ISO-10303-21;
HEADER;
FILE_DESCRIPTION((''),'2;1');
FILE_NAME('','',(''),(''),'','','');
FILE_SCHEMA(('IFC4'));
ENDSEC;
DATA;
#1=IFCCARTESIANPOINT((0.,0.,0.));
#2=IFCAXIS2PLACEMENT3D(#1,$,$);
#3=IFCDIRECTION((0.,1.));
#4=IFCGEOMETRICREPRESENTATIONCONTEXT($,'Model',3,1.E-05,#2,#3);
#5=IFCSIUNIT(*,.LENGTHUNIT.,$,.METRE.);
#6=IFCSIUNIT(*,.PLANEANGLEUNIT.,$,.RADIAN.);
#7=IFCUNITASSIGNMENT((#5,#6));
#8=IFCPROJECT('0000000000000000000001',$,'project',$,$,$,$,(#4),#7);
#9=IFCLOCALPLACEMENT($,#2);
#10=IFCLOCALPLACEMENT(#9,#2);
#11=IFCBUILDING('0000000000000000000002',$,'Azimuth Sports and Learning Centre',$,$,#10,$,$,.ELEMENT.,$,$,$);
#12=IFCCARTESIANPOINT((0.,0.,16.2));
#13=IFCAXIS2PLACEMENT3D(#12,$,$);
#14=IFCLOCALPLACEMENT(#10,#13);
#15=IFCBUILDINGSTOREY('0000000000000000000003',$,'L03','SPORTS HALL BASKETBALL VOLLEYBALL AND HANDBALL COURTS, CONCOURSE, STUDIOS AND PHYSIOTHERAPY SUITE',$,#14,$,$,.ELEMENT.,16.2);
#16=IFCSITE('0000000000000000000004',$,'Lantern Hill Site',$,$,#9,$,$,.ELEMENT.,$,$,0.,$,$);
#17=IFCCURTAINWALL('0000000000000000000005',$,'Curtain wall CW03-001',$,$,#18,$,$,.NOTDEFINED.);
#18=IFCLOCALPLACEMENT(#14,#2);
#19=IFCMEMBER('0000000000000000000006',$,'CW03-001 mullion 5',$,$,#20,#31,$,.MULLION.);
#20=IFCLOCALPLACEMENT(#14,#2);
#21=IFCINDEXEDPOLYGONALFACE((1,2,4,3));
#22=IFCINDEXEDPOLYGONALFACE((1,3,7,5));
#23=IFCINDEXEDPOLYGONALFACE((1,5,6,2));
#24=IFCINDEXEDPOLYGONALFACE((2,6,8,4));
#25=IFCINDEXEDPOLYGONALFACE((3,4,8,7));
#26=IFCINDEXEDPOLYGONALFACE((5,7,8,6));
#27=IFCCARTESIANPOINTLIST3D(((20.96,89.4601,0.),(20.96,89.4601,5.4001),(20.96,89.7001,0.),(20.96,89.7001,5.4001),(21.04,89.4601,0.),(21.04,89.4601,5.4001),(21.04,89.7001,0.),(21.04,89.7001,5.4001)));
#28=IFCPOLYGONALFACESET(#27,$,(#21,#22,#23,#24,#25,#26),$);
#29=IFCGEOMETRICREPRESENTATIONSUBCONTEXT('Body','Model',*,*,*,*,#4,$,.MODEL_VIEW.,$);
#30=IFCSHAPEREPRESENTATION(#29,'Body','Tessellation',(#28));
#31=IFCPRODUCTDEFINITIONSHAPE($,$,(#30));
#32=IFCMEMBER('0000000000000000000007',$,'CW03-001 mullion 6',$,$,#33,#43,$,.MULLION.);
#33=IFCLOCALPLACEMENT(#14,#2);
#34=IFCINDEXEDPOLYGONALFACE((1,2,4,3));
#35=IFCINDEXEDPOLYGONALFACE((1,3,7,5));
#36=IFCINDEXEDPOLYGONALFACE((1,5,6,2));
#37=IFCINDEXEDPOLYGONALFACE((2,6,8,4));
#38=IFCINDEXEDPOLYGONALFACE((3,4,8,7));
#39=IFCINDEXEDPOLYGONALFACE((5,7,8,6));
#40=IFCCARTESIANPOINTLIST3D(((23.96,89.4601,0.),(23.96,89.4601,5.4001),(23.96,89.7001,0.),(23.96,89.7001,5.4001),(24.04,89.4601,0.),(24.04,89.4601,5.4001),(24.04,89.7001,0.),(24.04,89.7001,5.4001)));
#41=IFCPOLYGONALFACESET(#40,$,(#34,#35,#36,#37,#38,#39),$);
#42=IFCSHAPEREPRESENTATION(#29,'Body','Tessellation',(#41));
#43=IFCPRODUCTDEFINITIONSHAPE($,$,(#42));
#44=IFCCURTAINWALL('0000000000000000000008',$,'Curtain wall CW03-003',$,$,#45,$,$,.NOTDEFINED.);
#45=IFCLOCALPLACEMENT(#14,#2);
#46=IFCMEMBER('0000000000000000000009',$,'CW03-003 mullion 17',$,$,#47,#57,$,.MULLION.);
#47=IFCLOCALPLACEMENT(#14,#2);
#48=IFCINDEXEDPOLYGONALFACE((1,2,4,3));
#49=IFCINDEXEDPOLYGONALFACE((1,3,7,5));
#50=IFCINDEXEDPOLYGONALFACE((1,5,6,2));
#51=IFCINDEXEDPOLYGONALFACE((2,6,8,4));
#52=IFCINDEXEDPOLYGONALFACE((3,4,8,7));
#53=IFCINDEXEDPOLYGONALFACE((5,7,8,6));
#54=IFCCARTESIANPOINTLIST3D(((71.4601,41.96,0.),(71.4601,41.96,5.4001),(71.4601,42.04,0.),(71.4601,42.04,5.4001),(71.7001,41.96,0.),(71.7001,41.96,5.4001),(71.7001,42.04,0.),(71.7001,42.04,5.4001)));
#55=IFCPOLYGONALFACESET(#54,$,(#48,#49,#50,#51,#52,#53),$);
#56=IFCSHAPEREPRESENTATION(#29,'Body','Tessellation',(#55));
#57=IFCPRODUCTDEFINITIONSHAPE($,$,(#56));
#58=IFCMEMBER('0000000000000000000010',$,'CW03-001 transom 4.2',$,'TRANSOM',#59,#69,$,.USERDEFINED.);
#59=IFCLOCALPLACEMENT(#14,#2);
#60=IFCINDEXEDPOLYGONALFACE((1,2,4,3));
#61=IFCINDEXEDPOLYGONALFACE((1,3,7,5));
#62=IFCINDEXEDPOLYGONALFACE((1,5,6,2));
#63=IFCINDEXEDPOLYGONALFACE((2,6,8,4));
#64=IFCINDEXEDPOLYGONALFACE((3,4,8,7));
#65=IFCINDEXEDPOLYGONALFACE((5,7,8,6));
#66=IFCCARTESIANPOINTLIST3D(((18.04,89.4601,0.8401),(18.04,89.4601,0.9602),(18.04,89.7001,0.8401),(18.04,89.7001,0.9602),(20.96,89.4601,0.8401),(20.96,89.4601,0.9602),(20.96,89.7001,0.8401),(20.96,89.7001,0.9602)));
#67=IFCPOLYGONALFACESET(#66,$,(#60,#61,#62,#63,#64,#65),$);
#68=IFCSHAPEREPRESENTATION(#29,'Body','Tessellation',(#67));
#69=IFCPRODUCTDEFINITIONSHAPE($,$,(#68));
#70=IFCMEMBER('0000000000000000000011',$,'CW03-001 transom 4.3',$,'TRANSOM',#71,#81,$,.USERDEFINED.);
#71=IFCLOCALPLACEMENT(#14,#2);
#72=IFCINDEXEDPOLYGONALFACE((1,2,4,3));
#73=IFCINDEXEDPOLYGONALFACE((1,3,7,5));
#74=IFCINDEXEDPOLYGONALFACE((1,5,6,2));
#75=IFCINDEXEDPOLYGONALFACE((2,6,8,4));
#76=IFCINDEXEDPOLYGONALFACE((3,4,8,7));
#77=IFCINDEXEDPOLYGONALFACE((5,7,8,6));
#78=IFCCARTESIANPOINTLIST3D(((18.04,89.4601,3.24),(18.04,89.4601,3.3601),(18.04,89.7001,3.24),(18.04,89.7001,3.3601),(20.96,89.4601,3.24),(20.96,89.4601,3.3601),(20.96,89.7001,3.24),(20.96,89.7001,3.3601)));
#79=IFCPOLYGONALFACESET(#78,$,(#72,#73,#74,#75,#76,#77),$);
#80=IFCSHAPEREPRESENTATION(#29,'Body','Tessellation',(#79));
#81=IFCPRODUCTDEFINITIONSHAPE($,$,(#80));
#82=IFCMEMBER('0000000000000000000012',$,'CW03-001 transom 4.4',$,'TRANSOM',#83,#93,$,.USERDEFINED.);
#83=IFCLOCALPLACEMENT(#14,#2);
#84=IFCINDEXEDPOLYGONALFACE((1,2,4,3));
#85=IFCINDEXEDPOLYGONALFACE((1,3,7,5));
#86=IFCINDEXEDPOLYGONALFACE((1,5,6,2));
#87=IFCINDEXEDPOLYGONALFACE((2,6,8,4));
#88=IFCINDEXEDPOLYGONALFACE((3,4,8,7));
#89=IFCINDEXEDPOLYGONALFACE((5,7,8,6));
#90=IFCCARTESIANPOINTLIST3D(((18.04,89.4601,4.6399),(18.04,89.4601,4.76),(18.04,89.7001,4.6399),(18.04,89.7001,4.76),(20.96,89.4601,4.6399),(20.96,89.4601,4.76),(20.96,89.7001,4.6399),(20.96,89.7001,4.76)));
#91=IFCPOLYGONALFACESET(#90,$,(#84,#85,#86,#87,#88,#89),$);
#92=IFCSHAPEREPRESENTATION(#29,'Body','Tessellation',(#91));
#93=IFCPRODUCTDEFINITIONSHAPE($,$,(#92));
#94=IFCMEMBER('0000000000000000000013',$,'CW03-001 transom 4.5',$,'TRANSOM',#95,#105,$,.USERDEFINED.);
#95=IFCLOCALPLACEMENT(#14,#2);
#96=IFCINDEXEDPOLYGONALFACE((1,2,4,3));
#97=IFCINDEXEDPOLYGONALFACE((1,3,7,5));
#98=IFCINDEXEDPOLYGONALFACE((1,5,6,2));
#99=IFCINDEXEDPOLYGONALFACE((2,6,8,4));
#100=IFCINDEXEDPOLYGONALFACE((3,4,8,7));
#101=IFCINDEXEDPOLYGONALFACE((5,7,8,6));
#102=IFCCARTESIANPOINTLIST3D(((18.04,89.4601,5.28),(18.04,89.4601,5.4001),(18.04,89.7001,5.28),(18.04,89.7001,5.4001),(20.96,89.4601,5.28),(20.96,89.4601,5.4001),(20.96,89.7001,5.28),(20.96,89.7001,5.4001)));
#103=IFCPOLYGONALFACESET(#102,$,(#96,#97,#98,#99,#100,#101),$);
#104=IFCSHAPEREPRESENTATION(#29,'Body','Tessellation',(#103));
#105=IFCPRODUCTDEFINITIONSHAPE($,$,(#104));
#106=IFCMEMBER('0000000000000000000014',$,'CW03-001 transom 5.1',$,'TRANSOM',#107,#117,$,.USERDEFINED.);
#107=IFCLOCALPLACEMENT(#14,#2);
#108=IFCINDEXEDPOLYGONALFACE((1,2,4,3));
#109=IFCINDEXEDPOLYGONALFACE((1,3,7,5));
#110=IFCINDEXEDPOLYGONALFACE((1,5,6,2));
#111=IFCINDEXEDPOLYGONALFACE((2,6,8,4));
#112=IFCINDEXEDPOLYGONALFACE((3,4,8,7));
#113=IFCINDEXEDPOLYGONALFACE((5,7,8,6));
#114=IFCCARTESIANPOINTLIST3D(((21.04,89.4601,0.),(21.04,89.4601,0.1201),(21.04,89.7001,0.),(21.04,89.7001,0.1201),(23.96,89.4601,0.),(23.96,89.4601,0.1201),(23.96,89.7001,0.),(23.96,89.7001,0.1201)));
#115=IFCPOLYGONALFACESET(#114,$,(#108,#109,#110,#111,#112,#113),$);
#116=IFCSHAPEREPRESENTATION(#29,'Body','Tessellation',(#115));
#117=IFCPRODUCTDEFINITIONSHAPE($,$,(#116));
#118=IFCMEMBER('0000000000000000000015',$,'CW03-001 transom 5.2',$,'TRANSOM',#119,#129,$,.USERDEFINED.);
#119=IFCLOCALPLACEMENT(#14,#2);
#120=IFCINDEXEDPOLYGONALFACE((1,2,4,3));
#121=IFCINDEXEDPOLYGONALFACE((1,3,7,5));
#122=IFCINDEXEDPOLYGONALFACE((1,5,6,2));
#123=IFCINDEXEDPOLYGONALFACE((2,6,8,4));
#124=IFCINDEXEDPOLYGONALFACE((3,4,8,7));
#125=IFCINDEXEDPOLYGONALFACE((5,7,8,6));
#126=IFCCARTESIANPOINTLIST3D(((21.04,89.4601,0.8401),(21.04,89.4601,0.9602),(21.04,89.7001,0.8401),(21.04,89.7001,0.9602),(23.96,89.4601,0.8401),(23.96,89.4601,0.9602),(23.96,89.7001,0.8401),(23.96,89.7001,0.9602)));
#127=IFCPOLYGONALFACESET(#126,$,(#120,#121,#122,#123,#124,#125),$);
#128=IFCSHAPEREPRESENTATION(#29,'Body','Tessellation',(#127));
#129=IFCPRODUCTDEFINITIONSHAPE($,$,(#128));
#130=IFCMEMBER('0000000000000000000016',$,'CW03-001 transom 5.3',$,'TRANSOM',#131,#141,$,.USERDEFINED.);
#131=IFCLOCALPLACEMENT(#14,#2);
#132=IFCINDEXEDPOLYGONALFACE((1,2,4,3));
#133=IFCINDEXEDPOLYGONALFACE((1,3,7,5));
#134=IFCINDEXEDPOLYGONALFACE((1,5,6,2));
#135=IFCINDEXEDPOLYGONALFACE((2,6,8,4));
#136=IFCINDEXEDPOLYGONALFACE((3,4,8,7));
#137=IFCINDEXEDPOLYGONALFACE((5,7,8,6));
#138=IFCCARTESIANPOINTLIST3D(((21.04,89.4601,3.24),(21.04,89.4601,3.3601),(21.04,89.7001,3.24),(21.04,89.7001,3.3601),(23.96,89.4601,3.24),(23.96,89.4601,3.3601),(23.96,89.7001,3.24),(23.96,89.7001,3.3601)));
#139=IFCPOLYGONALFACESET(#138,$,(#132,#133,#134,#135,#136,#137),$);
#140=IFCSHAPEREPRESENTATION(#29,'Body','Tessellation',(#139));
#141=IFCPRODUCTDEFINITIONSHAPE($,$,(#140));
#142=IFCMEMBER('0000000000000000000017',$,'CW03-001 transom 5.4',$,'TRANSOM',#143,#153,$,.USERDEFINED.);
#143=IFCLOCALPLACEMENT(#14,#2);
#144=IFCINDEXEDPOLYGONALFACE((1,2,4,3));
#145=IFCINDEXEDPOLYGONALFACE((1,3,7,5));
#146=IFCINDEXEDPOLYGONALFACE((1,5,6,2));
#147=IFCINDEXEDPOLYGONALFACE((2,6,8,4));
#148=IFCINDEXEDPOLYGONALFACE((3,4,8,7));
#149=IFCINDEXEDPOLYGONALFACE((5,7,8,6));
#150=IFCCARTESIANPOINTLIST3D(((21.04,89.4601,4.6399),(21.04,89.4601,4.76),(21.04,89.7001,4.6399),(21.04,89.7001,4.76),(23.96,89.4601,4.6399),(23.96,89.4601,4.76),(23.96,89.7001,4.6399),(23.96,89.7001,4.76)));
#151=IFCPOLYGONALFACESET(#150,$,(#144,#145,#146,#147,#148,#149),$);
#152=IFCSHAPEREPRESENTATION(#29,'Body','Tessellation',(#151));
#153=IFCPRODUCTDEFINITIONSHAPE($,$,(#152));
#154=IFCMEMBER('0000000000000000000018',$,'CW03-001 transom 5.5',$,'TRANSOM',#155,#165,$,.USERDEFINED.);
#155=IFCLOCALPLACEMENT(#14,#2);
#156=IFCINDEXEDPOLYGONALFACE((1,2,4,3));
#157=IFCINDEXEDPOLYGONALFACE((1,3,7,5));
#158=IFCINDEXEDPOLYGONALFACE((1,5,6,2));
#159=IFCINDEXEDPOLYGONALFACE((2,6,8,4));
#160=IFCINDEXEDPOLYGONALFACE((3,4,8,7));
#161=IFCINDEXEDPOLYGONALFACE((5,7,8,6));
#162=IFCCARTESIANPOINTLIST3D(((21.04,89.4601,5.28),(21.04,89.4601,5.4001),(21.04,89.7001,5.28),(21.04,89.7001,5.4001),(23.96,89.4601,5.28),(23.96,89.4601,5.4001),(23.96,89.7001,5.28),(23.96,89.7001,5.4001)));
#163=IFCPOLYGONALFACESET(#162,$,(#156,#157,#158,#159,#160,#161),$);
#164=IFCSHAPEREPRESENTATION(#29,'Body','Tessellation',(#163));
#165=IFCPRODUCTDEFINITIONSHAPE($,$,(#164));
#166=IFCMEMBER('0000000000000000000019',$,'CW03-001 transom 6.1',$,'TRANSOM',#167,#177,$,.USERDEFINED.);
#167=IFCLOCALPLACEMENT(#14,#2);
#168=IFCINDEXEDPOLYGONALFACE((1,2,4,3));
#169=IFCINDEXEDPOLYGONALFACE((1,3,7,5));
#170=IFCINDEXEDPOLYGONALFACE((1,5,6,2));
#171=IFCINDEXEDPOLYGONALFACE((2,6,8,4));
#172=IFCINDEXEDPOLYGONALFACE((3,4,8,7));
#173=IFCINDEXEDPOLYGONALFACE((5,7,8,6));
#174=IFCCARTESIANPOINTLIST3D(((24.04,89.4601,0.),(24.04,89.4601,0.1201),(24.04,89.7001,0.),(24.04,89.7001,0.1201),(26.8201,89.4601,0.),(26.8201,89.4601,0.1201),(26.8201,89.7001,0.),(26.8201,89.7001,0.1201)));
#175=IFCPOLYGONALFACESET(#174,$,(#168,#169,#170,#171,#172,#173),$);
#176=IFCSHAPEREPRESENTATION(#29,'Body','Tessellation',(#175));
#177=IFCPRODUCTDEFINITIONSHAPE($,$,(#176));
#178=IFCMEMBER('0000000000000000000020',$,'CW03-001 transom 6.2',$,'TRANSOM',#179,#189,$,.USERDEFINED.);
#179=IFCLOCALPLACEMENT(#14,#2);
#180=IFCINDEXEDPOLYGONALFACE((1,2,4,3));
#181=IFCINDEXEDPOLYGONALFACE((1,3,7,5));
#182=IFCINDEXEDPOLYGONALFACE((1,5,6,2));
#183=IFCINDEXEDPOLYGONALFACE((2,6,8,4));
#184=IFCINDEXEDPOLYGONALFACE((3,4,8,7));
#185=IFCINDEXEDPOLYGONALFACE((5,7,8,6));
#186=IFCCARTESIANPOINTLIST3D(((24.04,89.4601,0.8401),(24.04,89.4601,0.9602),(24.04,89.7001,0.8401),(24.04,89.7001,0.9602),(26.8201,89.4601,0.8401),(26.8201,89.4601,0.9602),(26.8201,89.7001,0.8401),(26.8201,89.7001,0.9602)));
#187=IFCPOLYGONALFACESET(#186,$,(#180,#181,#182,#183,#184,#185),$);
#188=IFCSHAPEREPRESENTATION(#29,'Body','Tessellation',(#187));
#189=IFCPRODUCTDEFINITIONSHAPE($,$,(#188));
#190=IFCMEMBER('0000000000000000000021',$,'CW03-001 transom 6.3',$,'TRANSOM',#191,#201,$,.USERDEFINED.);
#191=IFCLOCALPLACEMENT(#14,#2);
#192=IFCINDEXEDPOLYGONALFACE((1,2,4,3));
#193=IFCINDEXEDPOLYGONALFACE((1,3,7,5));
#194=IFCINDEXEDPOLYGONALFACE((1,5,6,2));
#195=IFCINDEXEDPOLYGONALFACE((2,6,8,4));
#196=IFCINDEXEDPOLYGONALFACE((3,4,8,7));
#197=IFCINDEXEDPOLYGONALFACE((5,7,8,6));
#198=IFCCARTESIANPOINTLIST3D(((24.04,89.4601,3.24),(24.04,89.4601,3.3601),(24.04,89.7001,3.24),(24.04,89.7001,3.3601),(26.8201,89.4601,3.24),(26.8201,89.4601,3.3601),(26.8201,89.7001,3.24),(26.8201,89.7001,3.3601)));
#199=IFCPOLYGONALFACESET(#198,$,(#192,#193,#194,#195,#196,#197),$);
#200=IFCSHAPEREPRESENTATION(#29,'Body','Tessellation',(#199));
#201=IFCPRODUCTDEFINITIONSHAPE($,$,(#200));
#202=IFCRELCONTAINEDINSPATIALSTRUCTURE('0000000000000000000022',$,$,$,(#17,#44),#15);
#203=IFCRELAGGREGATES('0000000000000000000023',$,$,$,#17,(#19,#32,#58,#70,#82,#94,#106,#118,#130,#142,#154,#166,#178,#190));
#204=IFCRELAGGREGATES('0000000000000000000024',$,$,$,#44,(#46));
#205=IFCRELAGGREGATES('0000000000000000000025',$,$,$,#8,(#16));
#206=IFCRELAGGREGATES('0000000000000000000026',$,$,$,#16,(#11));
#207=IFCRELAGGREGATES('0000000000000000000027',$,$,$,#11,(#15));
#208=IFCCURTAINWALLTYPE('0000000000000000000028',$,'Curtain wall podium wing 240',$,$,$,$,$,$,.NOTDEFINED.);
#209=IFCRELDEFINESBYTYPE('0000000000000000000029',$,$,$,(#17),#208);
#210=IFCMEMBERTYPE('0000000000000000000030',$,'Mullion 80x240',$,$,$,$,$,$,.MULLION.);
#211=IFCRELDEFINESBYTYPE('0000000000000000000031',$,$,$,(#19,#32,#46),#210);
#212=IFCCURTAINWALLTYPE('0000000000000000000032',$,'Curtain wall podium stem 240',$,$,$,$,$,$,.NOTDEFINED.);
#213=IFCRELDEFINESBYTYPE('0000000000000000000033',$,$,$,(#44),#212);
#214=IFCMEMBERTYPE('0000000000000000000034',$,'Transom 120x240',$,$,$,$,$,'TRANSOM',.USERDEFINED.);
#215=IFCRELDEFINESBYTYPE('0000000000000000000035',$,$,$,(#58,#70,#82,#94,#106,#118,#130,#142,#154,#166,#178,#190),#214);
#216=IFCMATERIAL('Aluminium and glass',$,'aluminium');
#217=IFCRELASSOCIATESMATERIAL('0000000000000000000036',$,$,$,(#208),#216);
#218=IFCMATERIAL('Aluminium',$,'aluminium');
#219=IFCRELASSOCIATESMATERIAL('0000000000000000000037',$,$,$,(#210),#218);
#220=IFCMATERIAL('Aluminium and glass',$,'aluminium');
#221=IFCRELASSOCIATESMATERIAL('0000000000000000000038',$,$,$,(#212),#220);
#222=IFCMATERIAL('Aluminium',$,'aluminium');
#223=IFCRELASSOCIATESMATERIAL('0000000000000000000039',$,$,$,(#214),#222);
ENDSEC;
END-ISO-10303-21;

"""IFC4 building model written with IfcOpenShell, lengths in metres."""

from ifc_helpers import new_model, si_unit, direction, frame, origin, origin_2d, place, context, subcontext, project, spatial, rectangle, extrude, material, material_profile, profile_set, type_object, element, aggregate, save


model = new_model("IFC4")

# Units and contexts
model_context = context("Model", 3, precision=1e-05, world=origin(), true_north=direction((0.0, 1.0)))
body_context = subcontext(model_context, "Body", "Model", "MODEL_VIEW")
ifc_project = project(units=[si_unit("LENGTHUNIT", "METRE"), si_unit("PLANEANGLEUNIT", "RADIAN")], contexts=[model_context])

# Site, building, storey
site_placement = place(None, origin())
site = spatial("IfcSite", under=ifc_project, at=site_placement, Name="Lantern Hill Site", CompositionType="ELEMENT", RefElevation=0.0)
building_placement = place(site_placement, origin())
building = spatial("IfcBuilding", under=site, at=building_placement, Name="Azimuth Sports and Learning Centre", CompositionType="ELEMENT")
storey_placement = place(building_placement, frame((0.0, 0.0, 16.2)))
storey = spatial("IfcBuildingStorey", under=building, at=storey_placement, Name="L03", Description="SPORTS HALL BASKETBALL VOLLEYBALL AND HANDBALL COURTS, CONCOURSE, STUDIOS AND PHYSIOTHERAPY SUITE", CompositionType="ELEMENT", Elevation=16.2)

# Curtain wall, members
ifc_material_1 = material(Name="Aluminium and glass", Category="aluminium")
curtain_wall_type_1 = type_object("IfcCurtainWallType", Name="Curtain wall podium wing 240", PredefinedType="NOTDEFINED", material=ifc_material_1)
curtain_wall_1_placement = place(storey_placement, origin())
curtain_wall_1 = element("IfcCurtainWall", 1, at=curtain_wall_1_placement, inside=storey, type_object=curtain_wall_type_1, Name="Curtain wall CW03-001", PredefinedType="NOTDEFINED")
ifc_material_2 = material(Name="Aluminium", Category="aluminium")
ifc_material_profile_1 = material_profile(ifc_material_2, rectangle(XDim=0.24, YDim=0.0801, at=origin_2d()), Name="Mullion 80x240")
ifc_profile_set_1 = profile_set([ifc_material_profile_1], Name="Aluminium")
member_type_1 = type_object("IfcMemberType", Name="Mullion 80x240", PredefinedType="MULLION", material=ifc_profile_set_1)
member_1_placement = place(storey_placement, frame((21.0, 89.5801, 0.0), z_axis=(0.0, 0.0, 1.0), x_axis=(0.0, 1.0, 0.0)))
member_1 = element("IfcMember", 2, at=member_1_placement, type_object=member_type_1, Name="CW03-001 mullion 5", PredefinedType="MULLION", context=body_context, shape_type="SweptSolid", body=[
    extrude(rectangle(XDim=0.24, YDim=0.0801, at=origin_2d()), origin(), (0.0, 0.0, 1.0), 5.4001),
])
member_2_placement = place(storey_placement, frame((24.0, 89.5801, 0.0), z_axis=(0.0, 0.0, 1.0), x_axis=(0.0, 1.0, 0.0)))
member_2 = element("IfcMember", 3, at=member_2_placement, type_object=member_type_1, Name="CW03-001 mullion 6", PredefinedType="MULLION", context=body_context, shape_type="SweptSolid", body=[
    extrude(rectangle(XDim=0.24, YDim=0.0801, at=origin_2d()), origin(), (0.0, 0.0, 1.0), 5.4001),
])

# Curtain wall, member
ifc_material_3 = material(Name="Aluminium and glass", Category="aluminium")
curtain_wall_type_2 = type_object("IfcCurtainWallType", Name="Curtain wall podium stem 240", PredefinedType="NOTDEFINED", material=ifc_material_3)
curtain_wall_2_placement = place(storey_placement, origin())
curtain_wall_2 = element("IfcCurtainWall", 4, at=curtain_wall_2_placement, inside=storey, type_object=curtain_wall_type_2, Name="Curtain wall CW03-003", PredefinedType="NOTDEFINED")
member_3_placement = place(storey_placement, frame((71.5801, 42.0, 0.0), z_axis=(0.0, 0.0, 1.0), x_axis=(1.0, 0.0, 0.0)))
member_3 = element("IfcMember", 5, at=member_3_placement, type_object=member_type_1, Name="CW03-003 mullion 17", PredefinedType="MULLION", context=body_context, shape_type="SweptSolid", body=[
    extrude(rectangle(XDim=0.24, YDim=0.0801, at=origin_2d()), origin(), (0.0, 0.0, 1.0), 5.4001),
])

# Members
ifc_material_4 = material(Name="Aluminium", Category="aluminium")
ifc_material_profile_2 = material_profile(ifc_material_4, rectangle(XDim=0.24, YDim=0.1201, at=origin_2d()), Name="Transom 120x240")
ifc_profile_set_2 = profile_set([ifc_material_profile_2], Name="Aluminium")
member_type_2 = type_object("IfcMemberType", Name="Transom 120x240", ElementType="TRANSOM", PredefinedType="USERDEFINED", material=ifc_profile_set_2)
member_4_placement = place(storey_placement, frame((18.04, 89.5801, 0.9001), z_axis=(1.0, 0.0, 0.0), x_axis=(0.0, 1.0, 0.0)))
member_4 = element("IfcMember", 6, at=member_4_placement, type_object=member_type_2, Name="CW03-001 transom 4.2", ObjectType="TRANSOM", PredefinedType="USERDEFINED", context=body_context, shape_type="SweptSolid", body=[
    extrude(rectangle(XDim=0.24, YDim=0.1201, at=origin_2d()), origin(), (0.0, 0.0, 1.0), 2.9199),
])
member_5_placement = place(storey_placement, frame((18.04, 89.5801, 3.3), z_axis=(1.0, 0.0, 0.0), x_axis=(0.0, 1.0, 0.0)))
member_5 = element("IfcMember", 7, at=member_5_placement, type_object=member_type_2, Name="CW03-001 transom 4.3", ObjectType="TRANSOM", PredefinedType="USERDEFINED", context=body_context, shape_type="SweptSolid", body=[
    extrude(rectangle(XDim=0.24, YDim=0.1201, at=origin_2d()), origin(), (0.0, 0.0, 1.0), 2.9199),
])
member_6_placement = place(storey_placement, frame((18.04, 89.5801, 4.7), z_axis=(1.0, 0.0, 0.0), x_axis=(0.0, 1.0, 0.0)))
member_6 = element("IfcMember", 8, at=member_6_placement, type_object=member_type_2, Name="CW03-001 transom 4.4", ObjectType="TRANSOM", PredefinedType="USERDEFINED", context=body_context, shape_type="SweptSolid", body=[
    extrude(rectangle(XDim=0.24, YDim=0.1201, at=origin_2d()), origin(), (0.0, 0.0, 1.0), 2.9199),
])
member_7_placement = place(storey_placement, frame((18.04, 89.5801, 5.3401), z_axis=(1.0, 0.0, 0.0), x_axis=(0.0, 1.0, 0.0)))
member_7 = element("IfcMember", 9, at=member_7_placement, type_object=member_type_2, Name="CW03-001 transom 4.5", ObjectType="TRANSOM", PredefinedType="USERDEFINED", context=body_context, shape_type="SweptSolid", body=[
    extrude(rectangle(XDim=0.24, YDim=0.1201, at=origin_2d()), origin(), (0.0, 0.0, 1.0), 2.9199),
])
member_8_placement = place(storey_placement, frame((21.04, 89.5801, 0.0601), z_axis=(1.0, 0.0, 0.0), x_axis=(0.0, 1.0, 0.0)))
member_8 = element("IfcMember", 10, at=member_8_placement, type_object=member_type_2, Name="CW03-001 transom 5.1", ObjectType="TRANSOM", PredefinedType="USERDEFINED", context=body_context, shape_type="SweptSolid", body=[
    extrude(rectangle(XDim=0.24, YDim=0.1201, at=origin_2d()), origin(), (0.0, 0.0, 1.0), 2.9199),
])
member_9_placement = place(storey_placement, frame((21.04, 89.5801, 0.9001), z_axis=(1.0, 0.0, 0.0), x_axis=(0.0, 1.0, 0.0)))
member_9 = element("IfcMember", 11, at=member_9_placement, type_object=member_type_2, Name="CW03-001 transom 5.2", ObjectType="TRANSOM", PredefinedType="USERDEFINED", context=body_context, shape_type="SweptSolid", body=[
    extrude(rectangle(XDim=0.24, YDim=0.1201, at=origin_2d()), origin(), (0.0, 0.0, 1.0), 2.9199),
])
member_10_placement = place(storey_placement, frame((21.04, 89.5801, 3.3), z_axis=(1.0, 0.0, 0.0), x_axis=(0.0, 1.0, 0.0)))
member_10 = element("IfcMember", 12, at=member_10_placement, type_object=member_type_2, Name="CW03-001 transom 5.3", ObjectType="TRANSOM", PredefinedType="USERDEFINED", context=body_context, shape_type="SweptSolid", body=[
    extrude(rectangle(XDim=0.24, YDim=0.1201, at=origin_2d()), origin(), (0.0, 0.0, 1.0), 2.9199),
])
member_11_placement = place(storey_placement, frame((21.04, 89.5801, 4.7), z_axis=(1.0, 0.0, 0.0), x_axis=(0.0, 1.0, 0.0)))
member_11 = element("IfcMember", 13, at=member_11_placement, type_object=member_type_2, Name="CW03-001 transom 5.4", ObjectType="TRANSOM", PredefinedType="USERDEFINED", context=body_context, shape_type="SweptSolid", body=[
    extrude(rectangle(XDim=0.24, YDim=0.1201, at=origin_2d()), origin(), (0.0, 0.0, 1.0), 2.9199),
])
member_12_placement = place(storey_placement, frame((21.04, 89.5801, 5.3401), z_axis=(1.0, 0.0, 0.0), x_axis=(0.0, 1.0, 0.0)))
member_12 = element("IfcMember", 14, at=member_12_placement, type_object=member_type_2, Name="CW03-001 transom 5.5", ObjectType="TRANSOM", PredefinedType="USERDEFINED", context=body_context, shape_type="SweptSolid", body=[
    extrude(rectangle(XDim=0.24, YDim=0.1201, at=origin_2d()), origin(), (0.0, 0.0, 1.0), 2.9199),
])
member_13_placement = place(storey_placement, frame((24.04, 89.5801, 0.0601), z_axis=(1.0, 0.0, 0.0), x_axis=(0.0, 1.0, 0.0)))
member_13 = element("IfcMember", 15, at=member_13_placement, type_object=member_type_2, Name="CW03-001 transom 6.1", ObjectType="TRANSOM", PredefinedType="USERDEFINED", context=body_context, shape_type="SweptSolid", body=[
    extrude(rectangle(XDim=0.24, YDim=0.1201, at=origin_2d()), origin(), (0.0, 0.0, 1.0), 2.78),
])
member_14_placement = place(storey_placement, frame((24.04, 89.5801, 0.9001), z_axis=(1.0, 0.0, 0.0), x_axis=(0.0, 1.0, 0.0)))
member_14 = element("IfcMember", 16, at=member_14_placement, type_object=member_type_2, Name="CW03-001 transom 6.2", ObjectType="TRANSOM", PredefinedType="USERDEFINED", context=body_context, shape_type="SweptSolid", body=[
    extrude(rectangle(XDim=0.24, YDim=0.1201, at=origin_2d()), origin(), (0.0, 0.0, 1.0), 2.78),
])
member_15_placement = place(storey_placement, frame((24.04, 89.5801, 3.3), z_axis=(1.0, 0.0, 0.0), x_axis=(0.0, 1.0, 0.0)))
member_15 = element("IfcMember", 17, at=member_15_placement, type_object=member_type_2, Name="CW03-001 transom 6.3", ObjectType="TRANSOM", PredefinedType="USERDEFINED", context=body_context, shape_type="SweptSolid", body=[
    extrude(rectangle(XDim=0.24, YDim=0.1201, at=origin_2d()), origin(), (0.0, 0.0, 1.0), 2.78),
])

aggregate(curtain_wall_1, [member_1, member_2, member_4, member_5, member_6, member_7, member_8, member_9, member_10, member_11, member_12, member_13, member_14, member_15])
aggregate(curtain_wall_2, [member_3])

save(model, "model.ifc")
